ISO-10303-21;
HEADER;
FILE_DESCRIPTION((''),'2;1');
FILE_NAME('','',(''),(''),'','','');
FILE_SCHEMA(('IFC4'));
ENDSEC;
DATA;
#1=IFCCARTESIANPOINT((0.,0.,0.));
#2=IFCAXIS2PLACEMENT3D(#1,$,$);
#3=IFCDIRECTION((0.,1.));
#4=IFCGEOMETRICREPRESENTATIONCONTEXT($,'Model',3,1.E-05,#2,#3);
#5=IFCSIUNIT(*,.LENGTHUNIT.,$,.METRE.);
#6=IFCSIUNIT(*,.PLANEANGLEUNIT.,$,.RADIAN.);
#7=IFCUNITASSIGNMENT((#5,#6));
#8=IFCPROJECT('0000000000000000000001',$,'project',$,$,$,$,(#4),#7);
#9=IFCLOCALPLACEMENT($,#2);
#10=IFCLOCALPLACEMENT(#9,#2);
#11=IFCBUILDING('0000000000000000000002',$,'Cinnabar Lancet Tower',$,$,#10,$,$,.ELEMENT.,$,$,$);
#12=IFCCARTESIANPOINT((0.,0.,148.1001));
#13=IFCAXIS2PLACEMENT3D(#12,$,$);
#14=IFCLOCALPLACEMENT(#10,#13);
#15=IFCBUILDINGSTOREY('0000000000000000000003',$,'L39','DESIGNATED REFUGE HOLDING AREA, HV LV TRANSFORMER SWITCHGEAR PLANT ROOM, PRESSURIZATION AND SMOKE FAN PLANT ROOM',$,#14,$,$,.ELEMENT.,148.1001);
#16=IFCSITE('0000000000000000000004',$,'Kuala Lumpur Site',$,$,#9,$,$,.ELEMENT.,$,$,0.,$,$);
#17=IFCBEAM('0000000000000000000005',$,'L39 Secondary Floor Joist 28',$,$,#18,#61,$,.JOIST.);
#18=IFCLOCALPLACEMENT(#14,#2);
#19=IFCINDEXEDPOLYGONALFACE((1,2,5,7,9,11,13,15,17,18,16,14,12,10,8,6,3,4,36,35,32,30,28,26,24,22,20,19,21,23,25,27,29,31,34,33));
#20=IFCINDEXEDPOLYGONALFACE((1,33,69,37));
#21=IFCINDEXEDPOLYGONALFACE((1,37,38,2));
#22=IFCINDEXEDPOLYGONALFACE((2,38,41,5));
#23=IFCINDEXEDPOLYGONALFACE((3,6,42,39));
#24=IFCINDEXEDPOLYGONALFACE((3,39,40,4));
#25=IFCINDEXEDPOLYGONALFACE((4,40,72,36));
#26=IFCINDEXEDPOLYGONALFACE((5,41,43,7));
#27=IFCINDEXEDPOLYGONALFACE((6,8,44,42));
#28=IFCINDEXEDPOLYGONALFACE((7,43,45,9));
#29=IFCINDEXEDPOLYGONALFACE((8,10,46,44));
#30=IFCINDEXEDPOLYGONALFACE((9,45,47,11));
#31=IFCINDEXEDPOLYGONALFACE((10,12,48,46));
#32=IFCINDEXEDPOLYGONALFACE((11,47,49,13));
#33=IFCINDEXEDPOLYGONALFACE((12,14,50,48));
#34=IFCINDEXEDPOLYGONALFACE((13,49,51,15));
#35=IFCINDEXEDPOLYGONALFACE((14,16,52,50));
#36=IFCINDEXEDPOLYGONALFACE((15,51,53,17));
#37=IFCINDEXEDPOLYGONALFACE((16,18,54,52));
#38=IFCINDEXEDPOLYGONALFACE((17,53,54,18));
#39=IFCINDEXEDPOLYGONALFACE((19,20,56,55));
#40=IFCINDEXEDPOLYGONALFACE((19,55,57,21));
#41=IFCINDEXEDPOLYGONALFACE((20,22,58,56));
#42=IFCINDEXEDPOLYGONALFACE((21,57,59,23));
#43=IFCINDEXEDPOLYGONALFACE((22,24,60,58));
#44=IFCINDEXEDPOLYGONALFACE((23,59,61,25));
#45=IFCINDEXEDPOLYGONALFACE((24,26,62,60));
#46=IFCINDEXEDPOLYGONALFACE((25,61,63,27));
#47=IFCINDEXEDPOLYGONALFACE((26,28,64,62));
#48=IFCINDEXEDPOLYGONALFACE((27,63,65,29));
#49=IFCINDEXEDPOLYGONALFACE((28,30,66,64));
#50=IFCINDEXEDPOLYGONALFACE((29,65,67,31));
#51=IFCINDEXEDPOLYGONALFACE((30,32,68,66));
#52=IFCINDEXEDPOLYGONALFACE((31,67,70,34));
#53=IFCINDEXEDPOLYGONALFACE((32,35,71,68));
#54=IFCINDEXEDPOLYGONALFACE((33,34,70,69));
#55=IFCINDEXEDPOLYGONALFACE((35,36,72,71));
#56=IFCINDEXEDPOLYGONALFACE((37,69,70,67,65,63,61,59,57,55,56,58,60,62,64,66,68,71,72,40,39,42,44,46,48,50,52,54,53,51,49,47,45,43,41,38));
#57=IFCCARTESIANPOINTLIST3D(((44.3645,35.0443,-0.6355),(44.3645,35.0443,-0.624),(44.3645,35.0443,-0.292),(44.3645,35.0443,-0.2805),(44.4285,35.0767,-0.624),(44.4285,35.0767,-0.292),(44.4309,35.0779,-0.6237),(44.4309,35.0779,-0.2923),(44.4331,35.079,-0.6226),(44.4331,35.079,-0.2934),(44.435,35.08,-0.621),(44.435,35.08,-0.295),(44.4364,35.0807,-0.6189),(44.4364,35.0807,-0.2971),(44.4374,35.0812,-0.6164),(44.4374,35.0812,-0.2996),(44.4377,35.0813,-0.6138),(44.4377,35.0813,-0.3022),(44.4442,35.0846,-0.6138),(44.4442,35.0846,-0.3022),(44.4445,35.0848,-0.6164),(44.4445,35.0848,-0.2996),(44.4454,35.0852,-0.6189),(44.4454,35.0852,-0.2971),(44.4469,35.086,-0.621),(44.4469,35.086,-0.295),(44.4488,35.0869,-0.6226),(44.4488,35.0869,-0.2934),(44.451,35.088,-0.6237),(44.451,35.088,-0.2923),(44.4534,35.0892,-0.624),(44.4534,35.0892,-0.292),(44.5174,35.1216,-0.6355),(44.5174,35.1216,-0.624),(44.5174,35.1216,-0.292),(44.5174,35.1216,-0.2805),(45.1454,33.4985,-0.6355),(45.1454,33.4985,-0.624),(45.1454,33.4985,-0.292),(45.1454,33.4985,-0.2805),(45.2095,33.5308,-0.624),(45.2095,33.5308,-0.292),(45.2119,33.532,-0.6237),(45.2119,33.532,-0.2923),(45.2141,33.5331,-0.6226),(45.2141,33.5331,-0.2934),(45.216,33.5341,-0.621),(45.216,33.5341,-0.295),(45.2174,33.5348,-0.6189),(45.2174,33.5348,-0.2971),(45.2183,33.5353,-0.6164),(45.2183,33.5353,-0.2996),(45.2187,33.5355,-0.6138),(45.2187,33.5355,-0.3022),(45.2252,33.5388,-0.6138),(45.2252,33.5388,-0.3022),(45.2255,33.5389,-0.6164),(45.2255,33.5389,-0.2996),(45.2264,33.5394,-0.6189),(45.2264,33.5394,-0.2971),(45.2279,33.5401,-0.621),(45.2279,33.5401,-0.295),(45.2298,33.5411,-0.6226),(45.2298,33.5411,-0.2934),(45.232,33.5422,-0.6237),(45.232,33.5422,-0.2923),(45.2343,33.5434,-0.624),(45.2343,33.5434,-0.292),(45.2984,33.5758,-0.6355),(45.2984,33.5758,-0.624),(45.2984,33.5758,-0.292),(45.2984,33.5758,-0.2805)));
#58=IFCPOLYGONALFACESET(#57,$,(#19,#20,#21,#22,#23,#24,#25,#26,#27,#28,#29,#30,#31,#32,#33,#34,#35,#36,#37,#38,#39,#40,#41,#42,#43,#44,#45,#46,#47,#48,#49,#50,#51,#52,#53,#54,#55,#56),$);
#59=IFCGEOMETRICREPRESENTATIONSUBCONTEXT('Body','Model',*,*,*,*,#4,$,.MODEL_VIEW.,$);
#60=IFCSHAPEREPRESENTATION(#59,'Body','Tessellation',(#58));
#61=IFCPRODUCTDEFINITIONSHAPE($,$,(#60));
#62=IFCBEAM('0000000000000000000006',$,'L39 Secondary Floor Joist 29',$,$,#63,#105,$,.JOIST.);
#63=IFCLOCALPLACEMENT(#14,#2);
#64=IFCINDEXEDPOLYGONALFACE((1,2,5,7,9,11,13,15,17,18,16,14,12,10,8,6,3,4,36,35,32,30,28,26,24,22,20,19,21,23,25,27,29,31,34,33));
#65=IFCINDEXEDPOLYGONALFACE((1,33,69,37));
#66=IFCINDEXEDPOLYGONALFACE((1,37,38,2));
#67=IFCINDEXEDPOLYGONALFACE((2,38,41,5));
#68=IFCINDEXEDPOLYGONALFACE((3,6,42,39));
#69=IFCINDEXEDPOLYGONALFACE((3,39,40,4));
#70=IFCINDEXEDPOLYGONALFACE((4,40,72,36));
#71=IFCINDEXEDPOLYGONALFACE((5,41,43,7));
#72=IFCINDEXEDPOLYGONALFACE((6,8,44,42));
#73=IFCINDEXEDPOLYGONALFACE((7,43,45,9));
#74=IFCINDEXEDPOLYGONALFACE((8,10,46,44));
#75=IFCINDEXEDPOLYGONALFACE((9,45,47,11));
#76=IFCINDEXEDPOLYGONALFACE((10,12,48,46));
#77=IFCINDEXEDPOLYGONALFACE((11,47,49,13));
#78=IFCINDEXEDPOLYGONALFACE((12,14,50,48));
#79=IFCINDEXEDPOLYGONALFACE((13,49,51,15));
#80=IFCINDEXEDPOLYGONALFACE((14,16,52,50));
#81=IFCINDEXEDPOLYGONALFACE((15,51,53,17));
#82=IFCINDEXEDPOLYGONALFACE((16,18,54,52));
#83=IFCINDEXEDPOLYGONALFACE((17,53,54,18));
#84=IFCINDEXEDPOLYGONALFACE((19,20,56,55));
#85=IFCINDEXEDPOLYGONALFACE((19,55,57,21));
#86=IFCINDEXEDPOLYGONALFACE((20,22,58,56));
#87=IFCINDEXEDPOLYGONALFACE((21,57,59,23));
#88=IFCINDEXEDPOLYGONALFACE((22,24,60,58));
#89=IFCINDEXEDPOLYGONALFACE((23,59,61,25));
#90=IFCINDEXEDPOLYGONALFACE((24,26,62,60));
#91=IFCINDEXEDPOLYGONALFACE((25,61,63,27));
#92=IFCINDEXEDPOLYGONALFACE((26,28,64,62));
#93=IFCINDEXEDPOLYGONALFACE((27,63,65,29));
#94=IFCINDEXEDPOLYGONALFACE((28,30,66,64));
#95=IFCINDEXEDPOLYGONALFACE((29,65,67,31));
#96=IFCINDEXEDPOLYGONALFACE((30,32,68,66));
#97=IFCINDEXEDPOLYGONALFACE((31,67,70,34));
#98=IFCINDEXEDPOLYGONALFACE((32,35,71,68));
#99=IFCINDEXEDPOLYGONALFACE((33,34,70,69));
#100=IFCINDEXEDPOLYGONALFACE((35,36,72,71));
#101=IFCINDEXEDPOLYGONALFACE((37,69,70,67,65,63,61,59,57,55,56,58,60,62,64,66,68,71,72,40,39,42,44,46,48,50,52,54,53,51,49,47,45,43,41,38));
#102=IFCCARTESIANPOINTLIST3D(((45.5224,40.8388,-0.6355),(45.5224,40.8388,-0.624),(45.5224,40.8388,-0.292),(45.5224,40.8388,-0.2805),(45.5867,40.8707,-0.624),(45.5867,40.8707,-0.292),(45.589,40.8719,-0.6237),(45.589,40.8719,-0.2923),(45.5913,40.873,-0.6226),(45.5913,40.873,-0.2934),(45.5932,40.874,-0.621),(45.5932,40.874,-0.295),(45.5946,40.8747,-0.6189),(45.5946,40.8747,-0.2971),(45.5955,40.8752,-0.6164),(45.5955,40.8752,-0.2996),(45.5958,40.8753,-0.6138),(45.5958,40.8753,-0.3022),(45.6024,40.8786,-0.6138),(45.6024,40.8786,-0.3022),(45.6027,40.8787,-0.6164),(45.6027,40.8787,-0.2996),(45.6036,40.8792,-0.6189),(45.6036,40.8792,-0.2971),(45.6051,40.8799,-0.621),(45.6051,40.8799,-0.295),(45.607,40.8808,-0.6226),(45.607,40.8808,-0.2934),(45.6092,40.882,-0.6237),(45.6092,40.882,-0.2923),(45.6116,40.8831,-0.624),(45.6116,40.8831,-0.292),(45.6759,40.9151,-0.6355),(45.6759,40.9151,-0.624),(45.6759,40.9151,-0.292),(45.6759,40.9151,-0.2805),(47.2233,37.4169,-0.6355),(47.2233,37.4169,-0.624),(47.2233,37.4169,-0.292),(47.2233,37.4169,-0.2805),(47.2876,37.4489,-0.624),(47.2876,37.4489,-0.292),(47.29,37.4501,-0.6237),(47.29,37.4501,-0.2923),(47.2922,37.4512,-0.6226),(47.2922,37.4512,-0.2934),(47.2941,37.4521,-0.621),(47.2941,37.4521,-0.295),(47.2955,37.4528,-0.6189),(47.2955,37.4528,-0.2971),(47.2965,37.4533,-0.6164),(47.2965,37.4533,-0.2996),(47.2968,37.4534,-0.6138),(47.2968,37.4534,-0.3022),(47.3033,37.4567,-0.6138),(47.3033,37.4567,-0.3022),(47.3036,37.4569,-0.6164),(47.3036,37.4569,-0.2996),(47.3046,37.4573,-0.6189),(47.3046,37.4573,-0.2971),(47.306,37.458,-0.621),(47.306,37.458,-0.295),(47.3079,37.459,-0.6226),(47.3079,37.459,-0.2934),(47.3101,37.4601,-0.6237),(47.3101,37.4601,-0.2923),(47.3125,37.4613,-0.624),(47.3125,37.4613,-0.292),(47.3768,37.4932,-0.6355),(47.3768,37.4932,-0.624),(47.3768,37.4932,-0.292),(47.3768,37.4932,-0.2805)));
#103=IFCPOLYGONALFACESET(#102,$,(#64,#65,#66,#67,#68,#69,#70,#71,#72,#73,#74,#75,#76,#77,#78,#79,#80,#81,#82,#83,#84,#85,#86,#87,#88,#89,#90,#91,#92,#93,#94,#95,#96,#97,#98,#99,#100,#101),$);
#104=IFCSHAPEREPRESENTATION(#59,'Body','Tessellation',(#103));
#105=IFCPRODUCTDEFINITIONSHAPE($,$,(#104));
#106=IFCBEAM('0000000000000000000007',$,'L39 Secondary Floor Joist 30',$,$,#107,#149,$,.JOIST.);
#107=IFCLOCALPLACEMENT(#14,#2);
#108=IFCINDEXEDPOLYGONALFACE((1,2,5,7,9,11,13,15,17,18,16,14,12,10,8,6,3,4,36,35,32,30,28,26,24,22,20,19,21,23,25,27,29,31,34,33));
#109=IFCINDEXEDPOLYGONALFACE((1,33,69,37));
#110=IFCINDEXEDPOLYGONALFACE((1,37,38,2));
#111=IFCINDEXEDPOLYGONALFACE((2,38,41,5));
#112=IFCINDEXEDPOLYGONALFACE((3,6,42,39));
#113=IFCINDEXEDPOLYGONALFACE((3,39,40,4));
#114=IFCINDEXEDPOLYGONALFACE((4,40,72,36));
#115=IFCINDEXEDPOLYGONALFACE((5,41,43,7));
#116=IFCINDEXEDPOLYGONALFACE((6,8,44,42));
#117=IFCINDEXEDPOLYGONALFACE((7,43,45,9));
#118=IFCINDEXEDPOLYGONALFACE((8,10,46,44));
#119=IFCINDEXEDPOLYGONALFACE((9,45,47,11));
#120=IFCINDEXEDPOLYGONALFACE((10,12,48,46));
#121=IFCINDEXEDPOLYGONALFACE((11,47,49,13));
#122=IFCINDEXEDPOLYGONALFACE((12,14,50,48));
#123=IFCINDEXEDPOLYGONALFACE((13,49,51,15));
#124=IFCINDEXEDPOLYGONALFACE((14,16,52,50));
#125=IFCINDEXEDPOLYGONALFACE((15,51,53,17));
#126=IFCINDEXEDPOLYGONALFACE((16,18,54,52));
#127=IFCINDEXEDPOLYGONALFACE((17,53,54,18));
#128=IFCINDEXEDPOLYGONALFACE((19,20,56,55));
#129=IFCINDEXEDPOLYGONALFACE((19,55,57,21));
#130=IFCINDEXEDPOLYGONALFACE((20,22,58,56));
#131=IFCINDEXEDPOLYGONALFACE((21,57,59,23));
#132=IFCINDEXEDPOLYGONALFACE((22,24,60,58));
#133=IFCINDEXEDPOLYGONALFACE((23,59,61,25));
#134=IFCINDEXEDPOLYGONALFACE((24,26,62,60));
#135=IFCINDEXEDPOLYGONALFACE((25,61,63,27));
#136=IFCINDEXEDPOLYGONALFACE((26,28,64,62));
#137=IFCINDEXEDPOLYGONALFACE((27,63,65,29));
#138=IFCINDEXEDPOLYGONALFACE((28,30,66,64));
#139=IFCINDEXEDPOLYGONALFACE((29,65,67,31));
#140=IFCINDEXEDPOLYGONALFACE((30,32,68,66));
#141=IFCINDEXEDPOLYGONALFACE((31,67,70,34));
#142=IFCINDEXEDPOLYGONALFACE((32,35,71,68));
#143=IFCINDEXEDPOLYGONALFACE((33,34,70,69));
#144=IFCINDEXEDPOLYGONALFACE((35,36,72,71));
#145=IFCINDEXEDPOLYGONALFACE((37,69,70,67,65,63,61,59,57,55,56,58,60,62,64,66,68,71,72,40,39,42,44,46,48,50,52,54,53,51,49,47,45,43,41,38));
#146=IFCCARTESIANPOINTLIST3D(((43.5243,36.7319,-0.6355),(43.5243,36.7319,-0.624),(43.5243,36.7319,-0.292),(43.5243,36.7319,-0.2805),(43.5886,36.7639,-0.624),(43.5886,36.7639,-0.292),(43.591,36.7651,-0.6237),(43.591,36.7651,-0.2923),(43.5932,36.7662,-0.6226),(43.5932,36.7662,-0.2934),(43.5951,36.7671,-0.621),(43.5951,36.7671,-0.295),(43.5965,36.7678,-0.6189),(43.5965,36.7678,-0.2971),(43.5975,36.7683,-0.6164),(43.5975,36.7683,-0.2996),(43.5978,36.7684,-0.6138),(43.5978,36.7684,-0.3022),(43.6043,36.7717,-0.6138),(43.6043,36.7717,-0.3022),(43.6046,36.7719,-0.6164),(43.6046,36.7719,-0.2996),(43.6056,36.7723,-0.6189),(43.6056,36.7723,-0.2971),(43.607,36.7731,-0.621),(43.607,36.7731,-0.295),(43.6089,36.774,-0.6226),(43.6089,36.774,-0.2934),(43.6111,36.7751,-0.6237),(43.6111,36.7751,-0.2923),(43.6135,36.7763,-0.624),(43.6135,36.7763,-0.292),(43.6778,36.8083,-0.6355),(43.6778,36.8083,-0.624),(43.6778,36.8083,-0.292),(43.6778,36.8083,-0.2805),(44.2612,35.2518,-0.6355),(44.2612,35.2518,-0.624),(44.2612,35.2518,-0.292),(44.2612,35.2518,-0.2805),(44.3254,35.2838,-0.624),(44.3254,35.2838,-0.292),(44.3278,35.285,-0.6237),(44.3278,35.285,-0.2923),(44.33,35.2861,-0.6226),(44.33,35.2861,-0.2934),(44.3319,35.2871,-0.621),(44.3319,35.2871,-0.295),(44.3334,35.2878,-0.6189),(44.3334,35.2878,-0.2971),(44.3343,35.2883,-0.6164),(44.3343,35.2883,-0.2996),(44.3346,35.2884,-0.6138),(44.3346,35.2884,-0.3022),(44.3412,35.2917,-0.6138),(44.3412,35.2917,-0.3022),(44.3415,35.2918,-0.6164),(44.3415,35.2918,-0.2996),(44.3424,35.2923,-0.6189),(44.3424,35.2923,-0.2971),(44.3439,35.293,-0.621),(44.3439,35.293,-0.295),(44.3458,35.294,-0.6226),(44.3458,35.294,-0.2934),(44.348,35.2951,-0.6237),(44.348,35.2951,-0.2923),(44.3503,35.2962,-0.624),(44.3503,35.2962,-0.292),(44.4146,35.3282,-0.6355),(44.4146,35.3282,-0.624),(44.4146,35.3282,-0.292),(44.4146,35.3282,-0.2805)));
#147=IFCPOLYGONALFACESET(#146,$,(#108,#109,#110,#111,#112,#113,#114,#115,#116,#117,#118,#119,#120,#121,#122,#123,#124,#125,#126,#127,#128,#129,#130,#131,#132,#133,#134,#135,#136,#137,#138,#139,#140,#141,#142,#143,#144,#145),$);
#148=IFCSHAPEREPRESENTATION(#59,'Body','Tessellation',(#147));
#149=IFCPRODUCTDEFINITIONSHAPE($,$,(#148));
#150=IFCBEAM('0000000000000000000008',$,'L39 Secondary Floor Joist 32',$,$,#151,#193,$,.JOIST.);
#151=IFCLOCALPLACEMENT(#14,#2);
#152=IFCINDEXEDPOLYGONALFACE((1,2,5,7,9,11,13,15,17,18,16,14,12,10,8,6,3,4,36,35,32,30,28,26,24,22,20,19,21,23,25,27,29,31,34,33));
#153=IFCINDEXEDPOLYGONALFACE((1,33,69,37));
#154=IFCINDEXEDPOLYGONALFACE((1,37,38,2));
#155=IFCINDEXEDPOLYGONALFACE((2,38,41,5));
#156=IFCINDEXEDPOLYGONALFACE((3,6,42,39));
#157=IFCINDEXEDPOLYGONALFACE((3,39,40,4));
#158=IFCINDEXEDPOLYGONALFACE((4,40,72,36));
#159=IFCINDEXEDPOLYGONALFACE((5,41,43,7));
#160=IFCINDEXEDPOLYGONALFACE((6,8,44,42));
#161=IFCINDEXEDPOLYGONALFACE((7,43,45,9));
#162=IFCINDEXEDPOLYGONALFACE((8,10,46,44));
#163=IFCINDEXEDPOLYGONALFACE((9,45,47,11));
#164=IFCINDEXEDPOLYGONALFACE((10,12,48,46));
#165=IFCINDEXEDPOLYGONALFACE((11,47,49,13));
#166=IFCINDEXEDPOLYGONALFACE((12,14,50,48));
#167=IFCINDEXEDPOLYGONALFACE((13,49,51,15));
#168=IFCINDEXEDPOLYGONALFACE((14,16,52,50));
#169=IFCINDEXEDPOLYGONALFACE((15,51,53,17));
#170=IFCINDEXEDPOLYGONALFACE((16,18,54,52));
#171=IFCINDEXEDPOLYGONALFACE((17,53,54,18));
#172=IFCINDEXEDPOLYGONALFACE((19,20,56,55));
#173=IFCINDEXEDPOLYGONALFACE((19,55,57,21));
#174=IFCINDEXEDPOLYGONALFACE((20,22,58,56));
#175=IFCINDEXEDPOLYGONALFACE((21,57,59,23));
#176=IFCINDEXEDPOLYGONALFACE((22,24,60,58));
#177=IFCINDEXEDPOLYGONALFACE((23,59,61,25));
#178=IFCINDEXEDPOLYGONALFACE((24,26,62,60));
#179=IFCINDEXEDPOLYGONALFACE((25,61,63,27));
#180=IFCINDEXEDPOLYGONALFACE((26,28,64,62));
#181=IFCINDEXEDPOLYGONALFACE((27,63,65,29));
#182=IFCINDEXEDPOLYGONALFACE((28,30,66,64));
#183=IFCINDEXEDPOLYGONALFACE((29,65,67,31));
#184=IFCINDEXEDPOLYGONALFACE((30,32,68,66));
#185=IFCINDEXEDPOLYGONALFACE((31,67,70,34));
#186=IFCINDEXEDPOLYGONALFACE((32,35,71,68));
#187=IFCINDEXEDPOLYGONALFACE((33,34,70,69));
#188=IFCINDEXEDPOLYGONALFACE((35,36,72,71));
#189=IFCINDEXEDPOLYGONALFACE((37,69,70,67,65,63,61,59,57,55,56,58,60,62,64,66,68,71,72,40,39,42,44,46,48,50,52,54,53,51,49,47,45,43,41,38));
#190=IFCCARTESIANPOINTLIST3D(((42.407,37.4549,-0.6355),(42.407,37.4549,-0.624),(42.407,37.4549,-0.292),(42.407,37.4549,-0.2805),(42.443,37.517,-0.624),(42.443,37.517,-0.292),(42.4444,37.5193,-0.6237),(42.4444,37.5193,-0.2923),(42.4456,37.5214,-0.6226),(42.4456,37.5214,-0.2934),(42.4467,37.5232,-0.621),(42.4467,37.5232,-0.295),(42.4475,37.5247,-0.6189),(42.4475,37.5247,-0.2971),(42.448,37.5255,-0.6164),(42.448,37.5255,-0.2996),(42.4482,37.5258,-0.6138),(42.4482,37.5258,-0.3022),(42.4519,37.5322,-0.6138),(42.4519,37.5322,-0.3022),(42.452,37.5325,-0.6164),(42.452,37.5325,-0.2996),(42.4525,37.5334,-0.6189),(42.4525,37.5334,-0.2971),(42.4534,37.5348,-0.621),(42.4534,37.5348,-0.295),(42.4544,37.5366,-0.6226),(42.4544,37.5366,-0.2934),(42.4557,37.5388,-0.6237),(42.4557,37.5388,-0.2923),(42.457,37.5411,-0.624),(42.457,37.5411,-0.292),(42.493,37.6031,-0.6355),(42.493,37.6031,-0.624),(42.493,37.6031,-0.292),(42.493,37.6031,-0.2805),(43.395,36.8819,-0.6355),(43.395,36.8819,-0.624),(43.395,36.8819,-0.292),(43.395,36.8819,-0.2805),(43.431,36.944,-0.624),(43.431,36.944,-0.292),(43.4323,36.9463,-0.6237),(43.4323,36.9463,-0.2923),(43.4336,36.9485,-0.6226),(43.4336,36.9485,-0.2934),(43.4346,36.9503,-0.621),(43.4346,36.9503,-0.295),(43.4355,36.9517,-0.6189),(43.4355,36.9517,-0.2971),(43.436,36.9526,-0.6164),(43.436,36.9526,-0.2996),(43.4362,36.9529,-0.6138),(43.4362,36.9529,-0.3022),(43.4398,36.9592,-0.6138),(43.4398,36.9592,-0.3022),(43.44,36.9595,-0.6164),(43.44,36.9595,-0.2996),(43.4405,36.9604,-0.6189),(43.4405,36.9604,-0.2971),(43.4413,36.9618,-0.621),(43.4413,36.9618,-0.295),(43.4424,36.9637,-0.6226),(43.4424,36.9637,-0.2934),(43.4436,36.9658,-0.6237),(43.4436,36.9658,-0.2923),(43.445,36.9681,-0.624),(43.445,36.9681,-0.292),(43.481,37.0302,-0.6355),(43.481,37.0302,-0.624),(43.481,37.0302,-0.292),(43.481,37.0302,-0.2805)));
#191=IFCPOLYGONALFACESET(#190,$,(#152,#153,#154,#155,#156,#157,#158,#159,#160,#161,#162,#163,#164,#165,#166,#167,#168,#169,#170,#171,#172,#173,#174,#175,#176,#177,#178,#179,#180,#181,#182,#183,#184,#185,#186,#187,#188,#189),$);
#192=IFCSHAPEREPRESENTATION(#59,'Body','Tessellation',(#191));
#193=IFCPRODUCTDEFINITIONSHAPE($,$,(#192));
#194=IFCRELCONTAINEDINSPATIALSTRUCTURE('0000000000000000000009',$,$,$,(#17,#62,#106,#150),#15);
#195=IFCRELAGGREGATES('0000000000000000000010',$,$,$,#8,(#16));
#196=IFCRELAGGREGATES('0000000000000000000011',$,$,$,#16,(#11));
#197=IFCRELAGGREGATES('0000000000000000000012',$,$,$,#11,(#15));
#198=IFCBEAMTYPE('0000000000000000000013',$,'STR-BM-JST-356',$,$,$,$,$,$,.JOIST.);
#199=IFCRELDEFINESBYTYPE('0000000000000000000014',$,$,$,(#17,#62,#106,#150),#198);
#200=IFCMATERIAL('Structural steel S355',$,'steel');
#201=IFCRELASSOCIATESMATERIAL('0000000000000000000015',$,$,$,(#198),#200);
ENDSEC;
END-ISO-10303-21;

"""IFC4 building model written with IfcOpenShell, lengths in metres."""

from ifc_helpers import new_model, si_unit, direction, frame, origin, origin_2d, place, context, subcontext, project, spatial, i_section, extrude, material, material_profile, profile_set, type_object, element, save


model = new_model("IFC4")

# Units and contexts
model_context = context("Model", 3, precision=1e-05, world=origin(), true_north=direction((0.0, 1.0)))
body_context = subcontext(model_context, "Body", "Model", "MODEL_VIEW")
ifc_project = project(units=[si_unit("LENGTHUNIT", "METRE"), si_unit("PLANEANGLEUNIT", "RADIAN")], contexts=[model_context])

# Site, building, storey
site_placement = place(None, origin())
site = spatial("IfcSite", under=ifc_project, at=site_placement, Name="Kuala Lumpur Site", CompositionType="ELEMENT", RefElevation=0.0)
building_placement = place(site_placement, origin())
building = spatial("IfcBuilding", under=site, at=building_placement, Name="Cinnabar Lancet Tower", CompositionType="ELEMENT")
storey_placement = place(building_placement, frame((0.0, 0.0, 148.1001)))
storey = spatial("IfcBuildingStorey", under=building, at=storey_placement, Name="L39", Description="DESIGNATED REFUGE HOLDING AREA, HV LV TRANSFORMER SWITCHGEAR PLANT ROOM, PRESSURIZATION AND SMOKE FAN PLANT ROOM", CompositionType="ELEMENT", Elevation=148.1001)

# Beams
ifc_material_1 = material(Name="Structural steel S355", Category="steel")
ifc_material_profile_1 = material_profile(ifc_material_1, i_section(OverallWidth=0.1714, OverallDepth=0.355, WebThickness=0.0073, FlangeThickness=0.0115, FilletRadius=0.0103, at=origin_2d()), Name="UKB 356x171x51")
ifc_profile_set_1 = profile_set([ifc_material_profile_1], Name="Structural steel S355")
beam_type_1 = type_object("IfcBeamType", Name="STR-BM-JST-356", PredefinedType="JOIST", material=ifc_profile_set_1)
beam_1_placement = place(storey_placement, frame((45.2219, 33.5371, -0.458), z_axis=(-0.450931, 0.892559, 0.0), x_axis=(-0.892559, -0.450931, 0.0)))
element("IfcBeam", 1, at=beam_1_placement, inside=storey, type_object=beam_type_1, Name="L39 Secondary Floor Joist 28", PredefinedType="JOIST", context=body_context, shape_type="SweptSolid", body=[
    extrude(i_section(OverallWidth=0.1714, OverallDepth=0.355, WebThickness=0.0073, FlangeThickness=0.0115, FilletRadius=0.0103, at=origin_2d()), origin(), (0.0, 0.0, 1.0), 1.7319),
])
beam_2_placement = place(storey_placement, frame((47.3, 37.4551, -0.458), z_axis=(-0.445117, 0.895473, 0.0), x_axis=(-0.895473, -0.445117, 0.0)))
element("IfcBeam", 2, at=beam_2_placement, inside=storey, type_object=beam_type_1, Name="L39 Secondary Floor Joist 29", PredefinedType="JOIST", context=body_context, shape_type="SweptSolid", body=[
    extrude(i_section(OverallWidth=0.1714, OverallDepth=0.355, WebThickness=0.0073, FlangeThickness=0.0115, FilletRadius=0.0103, at=origin_2d()), origin(), (0.0, 0.0, 1.0), 3.8213),
])
beam_3_placement = place(storey_placement, frame((44.3379, 35.29, -0.458), z_axis=(-0.445677, 0.895194, 0.0), x_axis=(-0.895194, -0.445677, 0.0)))
element("IfcBeam", 3, at=beam_3_placement, inside=storey, type_object=beam_type_1, Name="L39 Secondary Floor Joist 30", PredefinedType="JOIST", context=body_context, shape_type="SweptSolid", body=[
    extrude(i_section(OverallWidth=0.1714, OverallDepth=0.355, WebThickness=0.0073, FlangeThickness=0.0115, FilletRadius=0.0103, at=origin_2d()), origin(), (0.0, 0.0, 1.0), 1.6533),
])
beam_4_placement = place(storey_placement, frame((43.438, 36.9561, -0.458), z_axis=(-0.865055, 0.501677, 0.0), x_axis=(-0.501677, -0.865055, 0.0)))
element("IfcBeam", 4, at=beam_4_placement, inside=storey, type_object=beam_type_1, Name="L39 Secondary Floor Joist 32", PredefinedType="JOIST", context=body_context, shape_type="SweptSolid", body=[
    extrude(i_section(OverallWidth=0.1714, OverallDepth=0.355, WebThickness=0.0073, FlangeThickness=0.0115, FilletRadius=0.0103, at=origin_2d()), origin(), (0.0, 0.0, 1.0), 1.1421),
])

save(model, "model.ifc")
